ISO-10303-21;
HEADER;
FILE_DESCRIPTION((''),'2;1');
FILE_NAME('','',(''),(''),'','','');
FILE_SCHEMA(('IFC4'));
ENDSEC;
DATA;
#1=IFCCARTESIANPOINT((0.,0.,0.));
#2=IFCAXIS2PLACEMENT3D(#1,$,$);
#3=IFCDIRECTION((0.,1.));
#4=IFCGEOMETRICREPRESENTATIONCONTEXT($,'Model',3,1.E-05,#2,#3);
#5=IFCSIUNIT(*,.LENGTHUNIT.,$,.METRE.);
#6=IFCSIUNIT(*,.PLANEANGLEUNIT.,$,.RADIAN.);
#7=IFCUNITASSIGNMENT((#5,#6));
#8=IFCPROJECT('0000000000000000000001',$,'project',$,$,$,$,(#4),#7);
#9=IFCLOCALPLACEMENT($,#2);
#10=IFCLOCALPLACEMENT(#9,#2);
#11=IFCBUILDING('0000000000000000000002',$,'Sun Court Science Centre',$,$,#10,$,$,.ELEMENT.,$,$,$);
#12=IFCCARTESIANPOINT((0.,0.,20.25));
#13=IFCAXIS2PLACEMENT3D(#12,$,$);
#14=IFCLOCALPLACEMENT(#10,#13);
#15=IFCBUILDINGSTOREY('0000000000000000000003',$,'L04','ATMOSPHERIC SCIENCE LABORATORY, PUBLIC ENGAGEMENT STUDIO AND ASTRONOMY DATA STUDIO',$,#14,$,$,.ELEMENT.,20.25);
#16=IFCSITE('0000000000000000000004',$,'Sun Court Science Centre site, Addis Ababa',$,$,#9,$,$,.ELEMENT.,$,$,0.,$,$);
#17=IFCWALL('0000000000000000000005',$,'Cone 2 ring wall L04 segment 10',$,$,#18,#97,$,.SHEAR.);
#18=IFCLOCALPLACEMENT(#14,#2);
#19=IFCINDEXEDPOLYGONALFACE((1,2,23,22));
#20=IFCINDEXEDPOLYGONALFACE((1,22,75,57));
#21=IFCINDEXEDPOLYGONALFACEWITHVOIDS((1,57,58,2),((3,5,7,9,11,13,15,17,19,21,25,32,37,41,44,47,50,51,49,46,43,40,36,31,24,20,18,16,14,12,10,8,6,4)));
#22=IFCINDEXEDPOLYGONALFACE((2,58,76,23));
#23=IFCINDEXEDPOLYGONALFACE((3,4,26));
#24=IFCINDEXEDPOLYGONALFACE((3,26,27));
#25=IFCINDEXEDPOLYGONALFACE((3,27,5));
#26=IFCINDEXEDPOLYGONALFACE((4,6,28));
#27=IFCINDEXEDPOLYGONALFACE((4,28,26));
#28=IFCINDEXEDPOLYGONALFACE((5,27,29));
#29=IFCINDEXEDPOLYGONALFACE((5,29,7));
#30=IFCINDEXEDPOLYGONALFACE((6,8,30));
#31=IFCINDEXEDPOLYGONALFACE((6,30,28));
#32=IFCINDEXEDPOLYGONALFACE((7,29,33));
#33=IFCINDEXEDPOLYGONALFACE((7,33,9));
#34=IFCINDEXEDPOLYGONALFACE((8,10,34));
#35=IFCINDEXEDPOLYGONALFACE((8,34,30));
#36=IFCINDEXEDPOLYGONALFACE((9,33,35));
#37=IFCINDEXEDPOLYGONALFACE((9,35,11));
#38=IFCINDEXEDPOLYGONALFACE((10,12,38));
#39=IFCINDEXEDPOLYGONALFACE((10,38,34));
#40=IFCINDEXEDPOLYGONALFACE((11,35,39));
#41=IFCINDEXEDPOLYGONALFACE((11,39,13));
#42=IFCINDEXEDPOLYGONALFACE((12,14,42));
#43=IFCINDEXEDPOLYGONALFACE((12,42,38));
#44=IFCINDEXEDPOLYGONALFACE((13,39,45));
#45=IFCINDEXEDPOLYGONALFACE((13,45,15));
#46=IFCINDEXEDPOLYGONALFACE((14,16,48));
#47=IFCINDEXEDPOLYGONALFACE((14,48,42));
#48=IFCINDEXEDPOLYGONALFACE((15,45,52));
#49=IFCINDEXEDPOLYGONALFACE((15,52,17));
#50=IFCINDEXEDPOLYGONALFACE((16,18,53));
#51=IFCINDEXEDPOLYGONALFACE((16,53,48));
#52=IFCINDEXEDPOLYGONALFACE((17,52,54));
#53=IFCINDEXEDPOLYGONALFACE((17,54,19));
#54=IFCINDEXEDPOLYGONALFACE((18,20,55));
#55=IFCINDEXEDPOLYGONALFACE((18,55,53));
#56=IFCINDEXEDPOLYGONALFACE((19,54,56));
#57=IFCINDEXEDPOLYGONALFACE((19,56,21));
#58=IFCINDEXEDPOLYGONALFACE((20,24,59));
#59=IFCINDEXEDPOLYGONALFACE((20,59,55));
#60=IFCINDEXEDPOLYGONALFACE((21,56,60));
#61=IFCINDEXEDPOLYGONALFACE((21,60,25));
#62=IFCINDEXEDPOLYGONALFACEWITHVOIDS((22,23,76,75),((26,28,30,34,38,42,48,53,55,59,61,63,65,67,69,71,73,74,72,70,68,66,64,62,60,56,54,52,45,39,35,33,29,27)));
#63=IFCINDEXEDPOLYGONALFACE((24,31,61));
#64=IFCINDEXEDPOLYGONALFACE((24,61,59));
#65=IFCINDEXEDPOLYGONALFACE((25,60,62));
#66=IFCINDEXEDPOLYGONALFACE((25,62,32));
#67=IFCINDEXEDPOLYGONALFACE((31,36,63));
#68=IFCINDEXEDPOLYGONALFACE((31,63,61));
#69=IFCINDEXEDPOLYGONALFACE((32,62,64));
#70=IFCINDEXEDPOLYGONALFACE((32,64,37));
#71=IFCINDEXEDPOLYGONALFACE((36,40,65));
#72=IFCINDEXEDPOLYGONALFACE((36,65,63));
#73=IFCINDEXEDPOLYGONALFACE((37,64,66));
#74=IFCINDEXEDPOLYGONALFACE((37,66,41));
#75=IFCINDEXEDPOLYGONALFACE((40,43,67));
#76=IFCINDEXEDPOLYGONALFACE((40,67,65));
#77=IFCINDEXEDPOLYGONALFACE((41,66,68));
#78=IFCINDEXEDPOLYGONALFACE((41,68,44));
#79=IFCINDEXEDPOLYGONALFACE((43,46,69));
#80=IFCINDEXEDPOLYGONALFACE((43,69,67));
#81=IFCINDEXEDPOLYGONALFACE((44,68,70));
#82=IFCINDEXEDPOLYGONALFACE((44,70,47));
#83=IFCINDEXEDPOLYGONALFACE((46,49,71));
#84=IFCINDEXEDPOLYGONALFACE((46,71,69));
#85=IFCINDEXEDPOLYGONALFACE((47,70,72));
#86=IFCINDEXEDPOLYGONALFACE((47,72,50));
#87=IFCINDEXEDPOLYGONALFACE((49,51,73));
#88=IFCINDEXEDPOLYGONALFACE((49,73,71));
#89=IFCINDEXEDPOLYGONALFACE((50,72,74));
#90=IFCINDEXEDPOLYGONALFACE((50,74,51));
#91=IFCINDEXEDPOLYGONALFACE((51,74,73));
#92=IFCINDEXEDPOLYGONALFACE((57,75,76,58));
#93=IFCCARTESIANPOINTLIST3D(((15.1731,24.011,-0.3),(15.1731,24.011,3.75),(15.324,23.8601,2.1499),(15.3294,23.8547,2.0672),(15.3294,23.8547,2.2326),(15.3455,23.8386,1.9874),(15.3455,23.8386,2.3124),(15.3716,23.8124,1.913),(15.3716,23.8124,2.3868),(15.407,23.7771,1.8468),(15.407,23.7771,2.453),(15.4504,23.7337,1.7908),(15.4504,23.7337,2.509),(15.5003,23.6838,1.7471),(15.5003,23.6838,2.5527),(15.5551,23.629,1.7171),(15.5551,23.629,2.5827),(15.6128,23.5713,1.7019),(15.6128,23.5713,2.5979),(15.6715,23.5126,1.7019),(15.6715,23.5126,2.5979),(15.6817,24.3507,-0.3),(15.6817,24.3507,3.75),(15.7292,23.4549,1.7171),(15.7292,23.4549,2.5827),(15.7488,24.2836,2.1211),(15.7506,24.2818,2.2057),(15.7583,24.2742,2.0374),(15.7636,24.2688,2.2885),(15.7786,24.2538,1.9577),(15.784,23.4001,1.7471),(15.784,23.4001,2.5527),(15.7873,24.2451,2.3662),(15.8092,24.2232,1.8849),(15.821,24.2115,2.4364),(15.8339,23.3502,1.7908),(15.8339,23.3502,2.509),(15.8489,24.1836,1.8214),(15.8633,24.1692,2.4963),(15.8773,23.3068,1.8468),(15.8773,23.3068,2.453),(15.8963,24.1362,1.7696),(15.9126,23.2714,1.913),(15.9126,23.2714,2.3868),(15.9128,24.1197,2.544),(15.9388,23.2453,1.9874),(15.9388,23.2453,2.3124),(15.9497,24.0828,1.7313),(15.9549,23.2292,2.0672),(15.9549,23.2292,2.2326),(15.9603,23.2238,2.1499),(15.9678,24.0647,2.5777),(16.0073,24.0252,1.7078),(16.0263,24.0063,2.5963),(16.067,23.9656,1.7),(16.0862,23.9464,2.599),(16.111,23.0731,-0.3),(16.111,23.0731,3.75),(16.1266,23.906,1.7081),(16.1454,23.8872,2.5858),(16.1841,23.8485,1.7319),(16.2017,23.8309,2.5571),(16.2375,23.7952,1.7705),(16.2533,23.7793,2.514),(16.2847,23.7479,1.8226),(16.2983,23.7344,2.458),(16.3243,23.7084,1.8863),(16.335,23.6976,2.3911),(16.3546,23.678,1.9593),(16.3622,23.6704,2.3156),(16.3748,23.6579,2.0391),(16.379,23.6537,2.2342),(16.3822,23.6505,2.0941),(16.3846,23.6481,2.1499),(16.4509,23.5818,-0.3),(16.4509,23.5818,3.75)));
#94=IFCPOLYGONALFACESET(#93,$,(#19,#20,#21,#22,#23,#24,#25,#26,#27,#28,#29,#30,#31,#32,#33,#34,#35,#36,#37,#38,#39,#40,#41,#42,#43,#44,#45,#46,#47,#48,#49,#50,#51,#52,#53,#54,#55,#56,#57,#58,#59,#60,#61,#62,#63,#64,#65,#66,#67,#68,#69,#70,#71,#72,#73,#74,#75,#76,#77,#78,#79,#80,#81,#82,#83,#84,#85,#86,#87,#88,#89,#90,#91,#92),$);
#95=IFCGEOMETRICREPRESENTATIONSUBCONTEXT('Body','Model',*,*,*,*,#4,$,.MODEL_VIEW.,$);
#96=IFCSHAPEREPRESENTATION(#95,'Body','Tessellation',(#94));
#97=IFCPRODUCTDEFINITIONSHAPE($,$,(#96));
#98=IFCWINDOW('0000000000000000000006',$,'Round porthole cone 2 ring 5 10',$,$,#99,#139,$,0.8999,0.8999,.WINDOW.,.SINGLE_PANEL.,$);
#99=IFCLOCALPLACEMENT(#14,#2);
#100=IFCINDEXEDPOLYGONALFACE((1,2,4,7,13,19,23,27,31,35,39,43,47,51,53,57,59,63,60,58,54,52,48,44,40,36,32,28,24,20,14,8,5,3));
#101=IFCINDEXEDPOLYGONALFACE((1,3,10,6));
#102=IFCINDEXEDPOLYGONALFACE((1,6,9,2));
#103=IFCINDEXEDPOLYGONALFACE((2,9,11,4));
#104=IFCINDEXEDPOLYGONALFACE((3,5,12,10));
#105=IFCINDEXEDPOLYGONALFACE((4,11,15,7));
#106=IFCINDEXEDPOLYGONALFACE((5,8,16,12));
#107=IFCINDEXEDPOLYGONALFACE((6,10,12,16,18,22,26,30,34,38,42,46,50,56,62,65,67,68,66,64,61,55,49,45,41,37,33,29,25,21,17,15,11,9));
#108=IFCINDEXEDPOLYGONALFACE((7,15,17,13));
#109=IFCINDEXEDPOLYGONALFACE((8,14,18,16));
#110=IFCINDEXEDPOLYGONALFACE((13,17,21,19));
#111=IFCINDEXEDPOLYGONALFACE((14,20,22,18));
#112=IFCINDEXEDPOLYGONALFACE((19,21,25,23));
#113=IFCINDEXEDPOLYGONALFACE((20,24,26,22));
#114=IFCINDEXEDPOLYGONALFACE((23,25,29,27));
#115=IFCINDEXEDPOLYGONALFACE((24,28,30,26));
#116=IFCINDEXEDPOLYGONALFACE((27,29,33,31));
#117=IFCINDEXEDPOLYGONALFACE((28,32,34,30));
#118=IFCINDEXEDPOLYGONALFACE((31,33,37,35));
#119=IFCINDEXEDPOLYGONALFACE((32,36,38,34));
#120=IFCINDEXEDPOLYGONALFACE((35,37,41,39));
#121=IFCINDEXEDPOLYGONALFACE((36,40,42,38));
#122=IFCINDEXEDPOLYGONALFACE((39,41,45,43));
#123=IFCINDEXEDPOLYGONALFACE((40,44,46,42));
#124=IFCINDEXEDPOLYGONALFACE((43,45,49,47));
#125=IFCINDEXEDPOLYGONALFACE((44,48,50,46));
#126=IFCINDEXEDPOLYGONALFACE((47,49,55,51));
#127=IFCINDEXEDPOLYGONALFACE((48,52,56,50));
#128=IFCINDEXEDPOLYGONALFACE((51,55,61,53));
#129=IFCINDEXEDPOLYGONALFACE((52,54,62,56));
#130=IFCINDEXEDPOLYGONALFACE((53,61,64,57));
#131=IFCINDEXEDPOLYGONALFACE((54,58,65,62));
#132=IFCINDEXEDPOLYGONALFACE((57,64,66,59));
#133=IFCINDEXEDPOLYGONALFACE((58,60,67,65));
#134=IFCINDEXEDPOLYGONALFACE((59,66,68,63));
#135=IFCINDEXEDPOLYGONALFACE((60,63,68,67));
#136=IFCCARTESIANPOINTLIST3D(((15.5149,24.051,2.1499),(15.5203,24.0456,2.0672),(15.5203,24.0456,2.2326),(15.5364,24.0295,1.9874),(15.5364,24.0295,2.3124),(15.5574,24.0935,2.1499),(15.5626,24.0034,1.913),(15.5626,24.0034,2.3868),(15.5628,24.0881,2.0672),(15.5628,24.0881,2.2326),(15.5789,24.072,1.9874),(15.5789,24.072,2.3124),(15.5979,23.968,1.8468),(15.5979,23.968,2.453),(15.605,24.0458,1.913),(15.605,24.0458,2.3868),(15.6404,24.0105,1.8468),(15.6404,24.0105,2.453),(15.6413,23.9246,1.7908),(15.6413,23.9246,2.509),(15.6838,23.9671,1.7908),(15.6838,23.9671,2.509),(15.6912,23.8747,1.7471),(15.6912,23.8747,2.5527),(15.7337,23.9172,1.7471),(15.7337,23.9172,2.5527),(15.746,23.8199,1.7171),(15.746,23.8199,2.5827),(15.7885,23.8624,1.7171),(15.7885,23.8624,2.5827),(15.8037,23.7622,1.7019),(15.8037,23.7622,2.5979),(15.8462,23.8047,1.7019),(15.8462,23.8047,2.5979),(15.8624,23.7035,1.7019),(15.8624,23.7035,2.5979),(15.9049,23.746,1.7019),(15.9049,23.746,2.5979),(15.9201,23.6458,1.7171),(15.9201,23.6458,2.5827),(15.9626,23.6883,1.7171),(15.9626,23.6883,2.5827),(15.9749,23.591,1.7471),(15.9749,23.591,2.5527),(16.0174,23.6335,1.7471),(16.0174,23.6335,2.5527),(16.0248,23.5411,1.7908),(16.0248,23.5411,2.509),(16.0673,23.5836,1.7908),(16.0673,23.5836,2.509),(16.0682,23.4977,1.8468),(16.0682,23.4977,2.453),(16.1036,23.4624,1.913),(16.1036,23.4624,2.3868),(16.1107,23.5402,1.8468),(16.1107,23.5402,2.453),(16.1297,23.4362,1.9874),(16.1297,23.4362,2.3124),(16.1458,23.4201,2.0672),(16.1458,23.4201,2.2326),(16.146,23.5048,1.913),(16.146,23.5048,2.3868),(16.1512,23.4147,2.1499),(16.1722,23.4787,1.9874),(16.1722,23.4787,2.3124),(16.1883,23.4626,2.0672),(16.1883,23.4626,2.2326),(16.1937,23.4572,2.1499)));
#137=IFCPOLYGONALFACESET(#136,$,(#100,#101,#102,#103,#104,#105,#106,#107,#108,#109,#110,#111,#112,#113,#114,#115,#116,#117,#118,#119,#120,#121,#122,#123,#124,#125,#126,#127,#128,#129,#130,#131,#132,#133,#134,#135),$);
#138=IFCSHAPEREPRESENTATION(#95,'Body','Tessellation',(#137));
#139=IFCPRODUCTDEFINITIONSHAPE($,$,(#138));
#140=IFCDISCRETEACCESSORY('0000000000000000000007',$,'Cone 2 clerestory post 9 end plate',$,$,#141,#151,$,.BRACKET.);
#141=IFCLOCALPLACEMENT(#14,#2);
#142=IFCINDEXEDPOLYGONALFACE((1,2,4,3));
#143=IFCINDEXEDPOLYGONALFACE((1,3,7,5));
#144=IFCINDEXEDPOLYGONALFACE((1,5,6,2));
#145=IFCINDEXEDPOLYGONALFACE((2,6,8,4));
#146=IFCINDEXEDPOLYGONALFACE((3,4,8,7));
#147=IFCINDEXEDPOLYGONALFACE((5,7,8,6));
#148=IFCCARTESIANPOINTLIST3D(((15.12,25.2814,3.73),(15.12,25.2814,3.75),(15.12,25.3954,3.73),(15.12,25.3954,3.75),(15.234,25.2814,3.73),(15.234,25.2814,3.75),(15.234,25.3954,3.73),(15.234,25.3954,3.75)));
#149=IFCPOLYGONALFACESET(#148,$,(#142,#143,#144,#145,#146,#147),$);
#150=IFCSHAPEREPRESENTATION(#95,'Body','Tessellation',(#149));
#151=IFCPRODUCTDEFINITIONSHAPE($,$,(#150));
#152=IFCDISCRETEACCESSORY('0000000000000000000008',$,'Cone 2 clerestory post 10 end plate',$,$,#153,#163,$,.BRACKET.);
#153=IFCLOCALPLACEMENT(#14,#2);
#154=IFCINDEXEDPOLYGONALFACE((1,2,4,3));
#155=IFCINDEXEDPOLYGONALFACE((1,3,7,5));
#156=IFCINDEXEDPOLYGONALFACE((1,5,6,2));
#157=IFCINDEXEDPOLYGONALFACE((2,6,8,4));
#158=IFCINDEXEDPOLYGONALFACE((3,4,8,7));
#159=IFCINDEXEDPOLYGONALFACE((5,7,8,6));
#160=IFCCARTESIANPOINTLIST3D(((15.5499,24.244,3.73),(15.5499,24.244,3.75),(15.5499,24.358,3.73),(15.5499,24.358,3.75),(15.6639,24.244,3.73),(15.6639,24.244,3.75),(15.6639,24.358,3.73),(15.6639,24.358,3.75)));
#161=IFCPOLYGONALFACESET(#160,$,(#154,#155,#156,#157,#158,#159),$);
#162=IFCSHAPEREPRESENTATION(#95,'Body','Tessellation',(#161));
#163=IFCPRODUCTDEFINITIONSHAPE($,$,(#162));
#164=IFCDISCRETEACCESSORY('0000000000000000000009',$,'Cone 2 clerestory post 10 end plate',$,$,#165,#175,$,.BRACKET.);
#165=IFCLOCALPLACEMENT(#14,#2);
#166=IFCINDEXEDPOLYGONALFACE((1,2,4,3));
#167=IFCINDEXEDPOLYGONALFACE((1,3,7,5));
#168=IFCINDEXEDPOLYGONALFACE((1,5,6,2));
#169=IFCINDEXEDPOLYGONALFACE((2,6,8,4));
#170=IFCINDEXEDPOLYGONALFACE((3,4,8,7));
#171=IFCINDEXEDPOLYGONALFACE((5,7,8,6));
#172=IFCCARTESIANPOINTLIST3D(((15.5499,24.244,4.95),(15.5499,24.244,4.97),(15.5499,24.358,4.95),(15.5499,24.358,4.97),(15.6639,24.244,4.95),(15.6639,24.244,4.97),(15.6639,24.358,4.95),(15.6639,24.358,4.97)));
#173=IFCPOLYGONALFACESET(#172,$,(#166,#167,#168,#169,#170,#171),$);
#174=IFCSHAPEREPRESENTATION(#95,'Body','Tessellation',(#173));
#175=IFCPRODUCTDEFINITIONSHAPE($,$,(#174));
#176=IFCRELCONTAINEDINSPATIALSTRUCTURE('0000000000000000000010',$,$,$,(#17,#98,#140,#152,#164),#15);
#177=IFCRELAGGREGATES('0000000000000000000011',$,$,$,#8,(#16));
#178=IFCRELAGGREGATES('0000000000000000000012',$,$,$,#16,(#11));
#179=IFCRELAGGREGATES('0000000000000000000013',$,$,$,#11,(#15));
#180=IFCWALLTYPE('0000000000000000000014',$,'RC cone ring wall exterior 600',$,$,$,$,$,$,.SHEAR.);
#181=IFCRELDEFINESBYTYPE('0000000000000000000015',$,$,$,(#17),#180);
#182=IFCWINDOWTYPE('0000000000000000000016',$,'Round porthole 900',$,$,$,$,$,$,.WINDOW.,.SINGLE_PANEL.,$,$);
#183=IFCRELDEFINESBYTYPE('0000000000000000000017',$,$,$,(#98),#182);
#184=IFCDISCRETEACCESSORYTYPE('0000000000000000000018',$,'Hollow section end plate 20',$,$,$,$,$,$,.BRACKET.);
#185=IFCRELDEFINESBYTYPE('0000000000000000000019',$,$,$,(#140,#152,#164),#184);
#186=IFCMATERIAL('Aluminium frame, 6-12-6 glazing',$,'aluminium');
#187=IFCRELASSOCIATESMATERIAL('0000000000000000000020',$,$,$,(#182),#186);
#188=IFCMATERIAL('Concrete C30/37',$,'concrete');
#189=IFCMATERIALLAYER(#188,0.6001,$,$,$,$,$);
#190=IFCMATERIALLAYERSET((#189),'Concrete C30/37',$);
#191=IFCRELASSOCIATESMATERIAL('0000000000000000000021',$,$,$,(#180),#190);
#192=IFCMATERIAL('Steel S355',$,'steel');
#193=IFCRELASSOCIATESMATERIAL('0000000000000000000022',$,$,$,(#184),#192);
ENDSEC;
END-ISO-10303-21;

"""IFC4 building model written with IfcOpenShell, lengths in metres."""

from ifc_helpers import new_model, si_unit, direction, frame, frame_2d, origin, origin_2d, place, context, subcontext, project, spatial, polyline, rectangle, circle, outline, extrude, material, layer, layer_set, type_object, element, fill, save


model = new_model("IFC4")

# Units and contexts
model_context = context("Model", 3, precision=1e-05, world=origin(), true_north=direction((0.0, 1.0)))
body_context = subcontext(model_context, "Body", "Model", "MODEL_VIEW")
ifc_project = project(units=[si_unit("LENGTHUNIT", "METRE"), si_unit("PLANEANGLEUNIT", "RADIAN")], contexts=[model_context])

# Site, building, storey
site_placement = place(None, origin())
site = spatial("IfcSite", under=ifc_project, at=site_placement, Name="Sun Court Science Centre site, Addis Ababa", CompositionType="ELEMENT", RefElevation=0.0)
building_placement = place(site_placement, origin())
building = spatial("IfcBuilding", under=site, at=building_placement, Name="Sun Court Science Centre", CompositionType="ELEMENT")
storey_placement = place(building_placement, frame((0.0, 0.0, 20.25)))
storey = spatial("IfcBuildingStorey", under=building, at=storey_placement, Name="L04", Description="ATMOSPHERIC SCIENCE LABORATORY, PUBLIC ENGAGEMENT STUDIO AND ASTRONOMY DATA STUDIO", CompositionType="ELEMENT", Elevation=20.25)

# Wall, opening, window
ifc_material_1 = material(Name="Aluminium frame, 6-12-6 glazing", Category="aluminium")
window_type = type_object("IfcWindowType", Name="Round porthole 900", PartitioningType="SINGLE_PANEL", PredefinedType="WINDOW", material=ifc_material_1)
ifc_material_2 = material(Name="Concrete C30/37", Category="concrete")
ifc_layer_1 = layer(ifc_material_2, 0.6001)
ifc_layer_set_1 = layer_set([ifc_layer_1], Name="Concrete C30/37")
wall_type_1 = type_object("IfcWallType", Name="RC cone ring wall exterior 600", PredefinedType="SHEAR", material=ifc_layer_set_1)
wall_1_placement = place(storey_placement, frame((15.3853, 24.2231, -0.3), z_axis=(0.0, 0.0, 1.0), x_axis=(0.707107, -0.707107, 0.0)))
wall_1 = element("IfcWall", 1, at=wall_1_placement, inside=storey, type_object=wall_type_1, Name="Cone 2 ring wall L04 segment 10", PredefinedType="SHEAR", context=body_context, shape_type="SweptSolid", body=[
    extrude(outline(polyline([(0.0, -0.3), (1.3264, -0.3), (1.207, 0.3), (0.1194, 0.2998), (0.0, -0.3)])), origin(), (0.0, 0.0, 1.0), 4.05),
])
opening_1_placement = place(wall_1_placement, frame((0.2134, 0.0, 2.0)))
opening_1 = element("IfcOpeningElement", 2, at=opening_1_placement, cuts=wall_1, PredefinedType="OPENING", context=body_context, shape_type="SweptSolid", body=[
    extrude(circle(Radius=0.45, at=frame_2d((0.45, 0.45))), frame((0.0, 0.3101, 0.0), z_axis=(0.0, -1.0, 0.0), x_axis=(1.0, 0.0, 0.0)), (0.0, 0.0, 1.0), 0.6201),
])
window_1_placement = place(opening_1_placement, origin())
window_1 = element("IfcWindow", 3, at=window_1_placement, inside=storey, type_object=window_type, Name="Round porthole cone 2 ring 5 10", OverallHeight=0.8999, OverallWidth=0.8999, PartitioningType="SINGLE_PANEL", PredefinedType="WINDOW", context=body_context, shape_type="SweptSolid", body=[
    extrude(circle(Radius=0.45, at=frame_2d((0.45, 0.45))), frame((0.0, 0.03, 0.0), z_axis=(0.0, -1.0, 0.0), x_axis=(1.0, 0.0, 0.0)), (0.0, 0.0, 1.0), 0.0601),
])
fill(opening_1, window_1)

# Discrete accessories
ifc_material_3 = material(Name="Steel S355", Category="steel")
discrete_accessory_type = type_object("IfcDiscreteAccessoryType", Name="Hollow section end plate 20", PredefinedType="BRACKET", material=ifc_material_3)
for number, where, z_axis, x_axis, name in (
    (4, (15.177, 25.3384, 3.73), (0.0, 0.0, 1.0), (1.0, 0.0, 0.0), "Cone 2 clerestory post 9 end plate"),
    (5, (15.6069, 24.301, 3.73), (0.0, 0.0, 1.0), (1.0, 0.0, 0.0), "Cone 2 clerestory post 10 end plate"),
    (6, (15.6069, 24.301, 4.95), (0.0, 0.0, 1.0), (1.0, 0.0, 0.0), "Cone 2 clerestory post 10 end plate"),
):
    element("IfcDiscreteAccessory", number, at=place(storey_placement, frame(where, z_axis=z_axis, x_axis=x_axis)), inside=storey, type_object=discrete_accessory_type, Name=name, PredefinedType="BRACKET", context=body_context, shape_type="SweptSolid", body=[
        extrude(rectangle(XDim=0.114, YDim=0.114, at=origin_2d()), origin(), (0.0, 0.0, 1.0), 0.02),
    ])

save(model, "model.ifc")
